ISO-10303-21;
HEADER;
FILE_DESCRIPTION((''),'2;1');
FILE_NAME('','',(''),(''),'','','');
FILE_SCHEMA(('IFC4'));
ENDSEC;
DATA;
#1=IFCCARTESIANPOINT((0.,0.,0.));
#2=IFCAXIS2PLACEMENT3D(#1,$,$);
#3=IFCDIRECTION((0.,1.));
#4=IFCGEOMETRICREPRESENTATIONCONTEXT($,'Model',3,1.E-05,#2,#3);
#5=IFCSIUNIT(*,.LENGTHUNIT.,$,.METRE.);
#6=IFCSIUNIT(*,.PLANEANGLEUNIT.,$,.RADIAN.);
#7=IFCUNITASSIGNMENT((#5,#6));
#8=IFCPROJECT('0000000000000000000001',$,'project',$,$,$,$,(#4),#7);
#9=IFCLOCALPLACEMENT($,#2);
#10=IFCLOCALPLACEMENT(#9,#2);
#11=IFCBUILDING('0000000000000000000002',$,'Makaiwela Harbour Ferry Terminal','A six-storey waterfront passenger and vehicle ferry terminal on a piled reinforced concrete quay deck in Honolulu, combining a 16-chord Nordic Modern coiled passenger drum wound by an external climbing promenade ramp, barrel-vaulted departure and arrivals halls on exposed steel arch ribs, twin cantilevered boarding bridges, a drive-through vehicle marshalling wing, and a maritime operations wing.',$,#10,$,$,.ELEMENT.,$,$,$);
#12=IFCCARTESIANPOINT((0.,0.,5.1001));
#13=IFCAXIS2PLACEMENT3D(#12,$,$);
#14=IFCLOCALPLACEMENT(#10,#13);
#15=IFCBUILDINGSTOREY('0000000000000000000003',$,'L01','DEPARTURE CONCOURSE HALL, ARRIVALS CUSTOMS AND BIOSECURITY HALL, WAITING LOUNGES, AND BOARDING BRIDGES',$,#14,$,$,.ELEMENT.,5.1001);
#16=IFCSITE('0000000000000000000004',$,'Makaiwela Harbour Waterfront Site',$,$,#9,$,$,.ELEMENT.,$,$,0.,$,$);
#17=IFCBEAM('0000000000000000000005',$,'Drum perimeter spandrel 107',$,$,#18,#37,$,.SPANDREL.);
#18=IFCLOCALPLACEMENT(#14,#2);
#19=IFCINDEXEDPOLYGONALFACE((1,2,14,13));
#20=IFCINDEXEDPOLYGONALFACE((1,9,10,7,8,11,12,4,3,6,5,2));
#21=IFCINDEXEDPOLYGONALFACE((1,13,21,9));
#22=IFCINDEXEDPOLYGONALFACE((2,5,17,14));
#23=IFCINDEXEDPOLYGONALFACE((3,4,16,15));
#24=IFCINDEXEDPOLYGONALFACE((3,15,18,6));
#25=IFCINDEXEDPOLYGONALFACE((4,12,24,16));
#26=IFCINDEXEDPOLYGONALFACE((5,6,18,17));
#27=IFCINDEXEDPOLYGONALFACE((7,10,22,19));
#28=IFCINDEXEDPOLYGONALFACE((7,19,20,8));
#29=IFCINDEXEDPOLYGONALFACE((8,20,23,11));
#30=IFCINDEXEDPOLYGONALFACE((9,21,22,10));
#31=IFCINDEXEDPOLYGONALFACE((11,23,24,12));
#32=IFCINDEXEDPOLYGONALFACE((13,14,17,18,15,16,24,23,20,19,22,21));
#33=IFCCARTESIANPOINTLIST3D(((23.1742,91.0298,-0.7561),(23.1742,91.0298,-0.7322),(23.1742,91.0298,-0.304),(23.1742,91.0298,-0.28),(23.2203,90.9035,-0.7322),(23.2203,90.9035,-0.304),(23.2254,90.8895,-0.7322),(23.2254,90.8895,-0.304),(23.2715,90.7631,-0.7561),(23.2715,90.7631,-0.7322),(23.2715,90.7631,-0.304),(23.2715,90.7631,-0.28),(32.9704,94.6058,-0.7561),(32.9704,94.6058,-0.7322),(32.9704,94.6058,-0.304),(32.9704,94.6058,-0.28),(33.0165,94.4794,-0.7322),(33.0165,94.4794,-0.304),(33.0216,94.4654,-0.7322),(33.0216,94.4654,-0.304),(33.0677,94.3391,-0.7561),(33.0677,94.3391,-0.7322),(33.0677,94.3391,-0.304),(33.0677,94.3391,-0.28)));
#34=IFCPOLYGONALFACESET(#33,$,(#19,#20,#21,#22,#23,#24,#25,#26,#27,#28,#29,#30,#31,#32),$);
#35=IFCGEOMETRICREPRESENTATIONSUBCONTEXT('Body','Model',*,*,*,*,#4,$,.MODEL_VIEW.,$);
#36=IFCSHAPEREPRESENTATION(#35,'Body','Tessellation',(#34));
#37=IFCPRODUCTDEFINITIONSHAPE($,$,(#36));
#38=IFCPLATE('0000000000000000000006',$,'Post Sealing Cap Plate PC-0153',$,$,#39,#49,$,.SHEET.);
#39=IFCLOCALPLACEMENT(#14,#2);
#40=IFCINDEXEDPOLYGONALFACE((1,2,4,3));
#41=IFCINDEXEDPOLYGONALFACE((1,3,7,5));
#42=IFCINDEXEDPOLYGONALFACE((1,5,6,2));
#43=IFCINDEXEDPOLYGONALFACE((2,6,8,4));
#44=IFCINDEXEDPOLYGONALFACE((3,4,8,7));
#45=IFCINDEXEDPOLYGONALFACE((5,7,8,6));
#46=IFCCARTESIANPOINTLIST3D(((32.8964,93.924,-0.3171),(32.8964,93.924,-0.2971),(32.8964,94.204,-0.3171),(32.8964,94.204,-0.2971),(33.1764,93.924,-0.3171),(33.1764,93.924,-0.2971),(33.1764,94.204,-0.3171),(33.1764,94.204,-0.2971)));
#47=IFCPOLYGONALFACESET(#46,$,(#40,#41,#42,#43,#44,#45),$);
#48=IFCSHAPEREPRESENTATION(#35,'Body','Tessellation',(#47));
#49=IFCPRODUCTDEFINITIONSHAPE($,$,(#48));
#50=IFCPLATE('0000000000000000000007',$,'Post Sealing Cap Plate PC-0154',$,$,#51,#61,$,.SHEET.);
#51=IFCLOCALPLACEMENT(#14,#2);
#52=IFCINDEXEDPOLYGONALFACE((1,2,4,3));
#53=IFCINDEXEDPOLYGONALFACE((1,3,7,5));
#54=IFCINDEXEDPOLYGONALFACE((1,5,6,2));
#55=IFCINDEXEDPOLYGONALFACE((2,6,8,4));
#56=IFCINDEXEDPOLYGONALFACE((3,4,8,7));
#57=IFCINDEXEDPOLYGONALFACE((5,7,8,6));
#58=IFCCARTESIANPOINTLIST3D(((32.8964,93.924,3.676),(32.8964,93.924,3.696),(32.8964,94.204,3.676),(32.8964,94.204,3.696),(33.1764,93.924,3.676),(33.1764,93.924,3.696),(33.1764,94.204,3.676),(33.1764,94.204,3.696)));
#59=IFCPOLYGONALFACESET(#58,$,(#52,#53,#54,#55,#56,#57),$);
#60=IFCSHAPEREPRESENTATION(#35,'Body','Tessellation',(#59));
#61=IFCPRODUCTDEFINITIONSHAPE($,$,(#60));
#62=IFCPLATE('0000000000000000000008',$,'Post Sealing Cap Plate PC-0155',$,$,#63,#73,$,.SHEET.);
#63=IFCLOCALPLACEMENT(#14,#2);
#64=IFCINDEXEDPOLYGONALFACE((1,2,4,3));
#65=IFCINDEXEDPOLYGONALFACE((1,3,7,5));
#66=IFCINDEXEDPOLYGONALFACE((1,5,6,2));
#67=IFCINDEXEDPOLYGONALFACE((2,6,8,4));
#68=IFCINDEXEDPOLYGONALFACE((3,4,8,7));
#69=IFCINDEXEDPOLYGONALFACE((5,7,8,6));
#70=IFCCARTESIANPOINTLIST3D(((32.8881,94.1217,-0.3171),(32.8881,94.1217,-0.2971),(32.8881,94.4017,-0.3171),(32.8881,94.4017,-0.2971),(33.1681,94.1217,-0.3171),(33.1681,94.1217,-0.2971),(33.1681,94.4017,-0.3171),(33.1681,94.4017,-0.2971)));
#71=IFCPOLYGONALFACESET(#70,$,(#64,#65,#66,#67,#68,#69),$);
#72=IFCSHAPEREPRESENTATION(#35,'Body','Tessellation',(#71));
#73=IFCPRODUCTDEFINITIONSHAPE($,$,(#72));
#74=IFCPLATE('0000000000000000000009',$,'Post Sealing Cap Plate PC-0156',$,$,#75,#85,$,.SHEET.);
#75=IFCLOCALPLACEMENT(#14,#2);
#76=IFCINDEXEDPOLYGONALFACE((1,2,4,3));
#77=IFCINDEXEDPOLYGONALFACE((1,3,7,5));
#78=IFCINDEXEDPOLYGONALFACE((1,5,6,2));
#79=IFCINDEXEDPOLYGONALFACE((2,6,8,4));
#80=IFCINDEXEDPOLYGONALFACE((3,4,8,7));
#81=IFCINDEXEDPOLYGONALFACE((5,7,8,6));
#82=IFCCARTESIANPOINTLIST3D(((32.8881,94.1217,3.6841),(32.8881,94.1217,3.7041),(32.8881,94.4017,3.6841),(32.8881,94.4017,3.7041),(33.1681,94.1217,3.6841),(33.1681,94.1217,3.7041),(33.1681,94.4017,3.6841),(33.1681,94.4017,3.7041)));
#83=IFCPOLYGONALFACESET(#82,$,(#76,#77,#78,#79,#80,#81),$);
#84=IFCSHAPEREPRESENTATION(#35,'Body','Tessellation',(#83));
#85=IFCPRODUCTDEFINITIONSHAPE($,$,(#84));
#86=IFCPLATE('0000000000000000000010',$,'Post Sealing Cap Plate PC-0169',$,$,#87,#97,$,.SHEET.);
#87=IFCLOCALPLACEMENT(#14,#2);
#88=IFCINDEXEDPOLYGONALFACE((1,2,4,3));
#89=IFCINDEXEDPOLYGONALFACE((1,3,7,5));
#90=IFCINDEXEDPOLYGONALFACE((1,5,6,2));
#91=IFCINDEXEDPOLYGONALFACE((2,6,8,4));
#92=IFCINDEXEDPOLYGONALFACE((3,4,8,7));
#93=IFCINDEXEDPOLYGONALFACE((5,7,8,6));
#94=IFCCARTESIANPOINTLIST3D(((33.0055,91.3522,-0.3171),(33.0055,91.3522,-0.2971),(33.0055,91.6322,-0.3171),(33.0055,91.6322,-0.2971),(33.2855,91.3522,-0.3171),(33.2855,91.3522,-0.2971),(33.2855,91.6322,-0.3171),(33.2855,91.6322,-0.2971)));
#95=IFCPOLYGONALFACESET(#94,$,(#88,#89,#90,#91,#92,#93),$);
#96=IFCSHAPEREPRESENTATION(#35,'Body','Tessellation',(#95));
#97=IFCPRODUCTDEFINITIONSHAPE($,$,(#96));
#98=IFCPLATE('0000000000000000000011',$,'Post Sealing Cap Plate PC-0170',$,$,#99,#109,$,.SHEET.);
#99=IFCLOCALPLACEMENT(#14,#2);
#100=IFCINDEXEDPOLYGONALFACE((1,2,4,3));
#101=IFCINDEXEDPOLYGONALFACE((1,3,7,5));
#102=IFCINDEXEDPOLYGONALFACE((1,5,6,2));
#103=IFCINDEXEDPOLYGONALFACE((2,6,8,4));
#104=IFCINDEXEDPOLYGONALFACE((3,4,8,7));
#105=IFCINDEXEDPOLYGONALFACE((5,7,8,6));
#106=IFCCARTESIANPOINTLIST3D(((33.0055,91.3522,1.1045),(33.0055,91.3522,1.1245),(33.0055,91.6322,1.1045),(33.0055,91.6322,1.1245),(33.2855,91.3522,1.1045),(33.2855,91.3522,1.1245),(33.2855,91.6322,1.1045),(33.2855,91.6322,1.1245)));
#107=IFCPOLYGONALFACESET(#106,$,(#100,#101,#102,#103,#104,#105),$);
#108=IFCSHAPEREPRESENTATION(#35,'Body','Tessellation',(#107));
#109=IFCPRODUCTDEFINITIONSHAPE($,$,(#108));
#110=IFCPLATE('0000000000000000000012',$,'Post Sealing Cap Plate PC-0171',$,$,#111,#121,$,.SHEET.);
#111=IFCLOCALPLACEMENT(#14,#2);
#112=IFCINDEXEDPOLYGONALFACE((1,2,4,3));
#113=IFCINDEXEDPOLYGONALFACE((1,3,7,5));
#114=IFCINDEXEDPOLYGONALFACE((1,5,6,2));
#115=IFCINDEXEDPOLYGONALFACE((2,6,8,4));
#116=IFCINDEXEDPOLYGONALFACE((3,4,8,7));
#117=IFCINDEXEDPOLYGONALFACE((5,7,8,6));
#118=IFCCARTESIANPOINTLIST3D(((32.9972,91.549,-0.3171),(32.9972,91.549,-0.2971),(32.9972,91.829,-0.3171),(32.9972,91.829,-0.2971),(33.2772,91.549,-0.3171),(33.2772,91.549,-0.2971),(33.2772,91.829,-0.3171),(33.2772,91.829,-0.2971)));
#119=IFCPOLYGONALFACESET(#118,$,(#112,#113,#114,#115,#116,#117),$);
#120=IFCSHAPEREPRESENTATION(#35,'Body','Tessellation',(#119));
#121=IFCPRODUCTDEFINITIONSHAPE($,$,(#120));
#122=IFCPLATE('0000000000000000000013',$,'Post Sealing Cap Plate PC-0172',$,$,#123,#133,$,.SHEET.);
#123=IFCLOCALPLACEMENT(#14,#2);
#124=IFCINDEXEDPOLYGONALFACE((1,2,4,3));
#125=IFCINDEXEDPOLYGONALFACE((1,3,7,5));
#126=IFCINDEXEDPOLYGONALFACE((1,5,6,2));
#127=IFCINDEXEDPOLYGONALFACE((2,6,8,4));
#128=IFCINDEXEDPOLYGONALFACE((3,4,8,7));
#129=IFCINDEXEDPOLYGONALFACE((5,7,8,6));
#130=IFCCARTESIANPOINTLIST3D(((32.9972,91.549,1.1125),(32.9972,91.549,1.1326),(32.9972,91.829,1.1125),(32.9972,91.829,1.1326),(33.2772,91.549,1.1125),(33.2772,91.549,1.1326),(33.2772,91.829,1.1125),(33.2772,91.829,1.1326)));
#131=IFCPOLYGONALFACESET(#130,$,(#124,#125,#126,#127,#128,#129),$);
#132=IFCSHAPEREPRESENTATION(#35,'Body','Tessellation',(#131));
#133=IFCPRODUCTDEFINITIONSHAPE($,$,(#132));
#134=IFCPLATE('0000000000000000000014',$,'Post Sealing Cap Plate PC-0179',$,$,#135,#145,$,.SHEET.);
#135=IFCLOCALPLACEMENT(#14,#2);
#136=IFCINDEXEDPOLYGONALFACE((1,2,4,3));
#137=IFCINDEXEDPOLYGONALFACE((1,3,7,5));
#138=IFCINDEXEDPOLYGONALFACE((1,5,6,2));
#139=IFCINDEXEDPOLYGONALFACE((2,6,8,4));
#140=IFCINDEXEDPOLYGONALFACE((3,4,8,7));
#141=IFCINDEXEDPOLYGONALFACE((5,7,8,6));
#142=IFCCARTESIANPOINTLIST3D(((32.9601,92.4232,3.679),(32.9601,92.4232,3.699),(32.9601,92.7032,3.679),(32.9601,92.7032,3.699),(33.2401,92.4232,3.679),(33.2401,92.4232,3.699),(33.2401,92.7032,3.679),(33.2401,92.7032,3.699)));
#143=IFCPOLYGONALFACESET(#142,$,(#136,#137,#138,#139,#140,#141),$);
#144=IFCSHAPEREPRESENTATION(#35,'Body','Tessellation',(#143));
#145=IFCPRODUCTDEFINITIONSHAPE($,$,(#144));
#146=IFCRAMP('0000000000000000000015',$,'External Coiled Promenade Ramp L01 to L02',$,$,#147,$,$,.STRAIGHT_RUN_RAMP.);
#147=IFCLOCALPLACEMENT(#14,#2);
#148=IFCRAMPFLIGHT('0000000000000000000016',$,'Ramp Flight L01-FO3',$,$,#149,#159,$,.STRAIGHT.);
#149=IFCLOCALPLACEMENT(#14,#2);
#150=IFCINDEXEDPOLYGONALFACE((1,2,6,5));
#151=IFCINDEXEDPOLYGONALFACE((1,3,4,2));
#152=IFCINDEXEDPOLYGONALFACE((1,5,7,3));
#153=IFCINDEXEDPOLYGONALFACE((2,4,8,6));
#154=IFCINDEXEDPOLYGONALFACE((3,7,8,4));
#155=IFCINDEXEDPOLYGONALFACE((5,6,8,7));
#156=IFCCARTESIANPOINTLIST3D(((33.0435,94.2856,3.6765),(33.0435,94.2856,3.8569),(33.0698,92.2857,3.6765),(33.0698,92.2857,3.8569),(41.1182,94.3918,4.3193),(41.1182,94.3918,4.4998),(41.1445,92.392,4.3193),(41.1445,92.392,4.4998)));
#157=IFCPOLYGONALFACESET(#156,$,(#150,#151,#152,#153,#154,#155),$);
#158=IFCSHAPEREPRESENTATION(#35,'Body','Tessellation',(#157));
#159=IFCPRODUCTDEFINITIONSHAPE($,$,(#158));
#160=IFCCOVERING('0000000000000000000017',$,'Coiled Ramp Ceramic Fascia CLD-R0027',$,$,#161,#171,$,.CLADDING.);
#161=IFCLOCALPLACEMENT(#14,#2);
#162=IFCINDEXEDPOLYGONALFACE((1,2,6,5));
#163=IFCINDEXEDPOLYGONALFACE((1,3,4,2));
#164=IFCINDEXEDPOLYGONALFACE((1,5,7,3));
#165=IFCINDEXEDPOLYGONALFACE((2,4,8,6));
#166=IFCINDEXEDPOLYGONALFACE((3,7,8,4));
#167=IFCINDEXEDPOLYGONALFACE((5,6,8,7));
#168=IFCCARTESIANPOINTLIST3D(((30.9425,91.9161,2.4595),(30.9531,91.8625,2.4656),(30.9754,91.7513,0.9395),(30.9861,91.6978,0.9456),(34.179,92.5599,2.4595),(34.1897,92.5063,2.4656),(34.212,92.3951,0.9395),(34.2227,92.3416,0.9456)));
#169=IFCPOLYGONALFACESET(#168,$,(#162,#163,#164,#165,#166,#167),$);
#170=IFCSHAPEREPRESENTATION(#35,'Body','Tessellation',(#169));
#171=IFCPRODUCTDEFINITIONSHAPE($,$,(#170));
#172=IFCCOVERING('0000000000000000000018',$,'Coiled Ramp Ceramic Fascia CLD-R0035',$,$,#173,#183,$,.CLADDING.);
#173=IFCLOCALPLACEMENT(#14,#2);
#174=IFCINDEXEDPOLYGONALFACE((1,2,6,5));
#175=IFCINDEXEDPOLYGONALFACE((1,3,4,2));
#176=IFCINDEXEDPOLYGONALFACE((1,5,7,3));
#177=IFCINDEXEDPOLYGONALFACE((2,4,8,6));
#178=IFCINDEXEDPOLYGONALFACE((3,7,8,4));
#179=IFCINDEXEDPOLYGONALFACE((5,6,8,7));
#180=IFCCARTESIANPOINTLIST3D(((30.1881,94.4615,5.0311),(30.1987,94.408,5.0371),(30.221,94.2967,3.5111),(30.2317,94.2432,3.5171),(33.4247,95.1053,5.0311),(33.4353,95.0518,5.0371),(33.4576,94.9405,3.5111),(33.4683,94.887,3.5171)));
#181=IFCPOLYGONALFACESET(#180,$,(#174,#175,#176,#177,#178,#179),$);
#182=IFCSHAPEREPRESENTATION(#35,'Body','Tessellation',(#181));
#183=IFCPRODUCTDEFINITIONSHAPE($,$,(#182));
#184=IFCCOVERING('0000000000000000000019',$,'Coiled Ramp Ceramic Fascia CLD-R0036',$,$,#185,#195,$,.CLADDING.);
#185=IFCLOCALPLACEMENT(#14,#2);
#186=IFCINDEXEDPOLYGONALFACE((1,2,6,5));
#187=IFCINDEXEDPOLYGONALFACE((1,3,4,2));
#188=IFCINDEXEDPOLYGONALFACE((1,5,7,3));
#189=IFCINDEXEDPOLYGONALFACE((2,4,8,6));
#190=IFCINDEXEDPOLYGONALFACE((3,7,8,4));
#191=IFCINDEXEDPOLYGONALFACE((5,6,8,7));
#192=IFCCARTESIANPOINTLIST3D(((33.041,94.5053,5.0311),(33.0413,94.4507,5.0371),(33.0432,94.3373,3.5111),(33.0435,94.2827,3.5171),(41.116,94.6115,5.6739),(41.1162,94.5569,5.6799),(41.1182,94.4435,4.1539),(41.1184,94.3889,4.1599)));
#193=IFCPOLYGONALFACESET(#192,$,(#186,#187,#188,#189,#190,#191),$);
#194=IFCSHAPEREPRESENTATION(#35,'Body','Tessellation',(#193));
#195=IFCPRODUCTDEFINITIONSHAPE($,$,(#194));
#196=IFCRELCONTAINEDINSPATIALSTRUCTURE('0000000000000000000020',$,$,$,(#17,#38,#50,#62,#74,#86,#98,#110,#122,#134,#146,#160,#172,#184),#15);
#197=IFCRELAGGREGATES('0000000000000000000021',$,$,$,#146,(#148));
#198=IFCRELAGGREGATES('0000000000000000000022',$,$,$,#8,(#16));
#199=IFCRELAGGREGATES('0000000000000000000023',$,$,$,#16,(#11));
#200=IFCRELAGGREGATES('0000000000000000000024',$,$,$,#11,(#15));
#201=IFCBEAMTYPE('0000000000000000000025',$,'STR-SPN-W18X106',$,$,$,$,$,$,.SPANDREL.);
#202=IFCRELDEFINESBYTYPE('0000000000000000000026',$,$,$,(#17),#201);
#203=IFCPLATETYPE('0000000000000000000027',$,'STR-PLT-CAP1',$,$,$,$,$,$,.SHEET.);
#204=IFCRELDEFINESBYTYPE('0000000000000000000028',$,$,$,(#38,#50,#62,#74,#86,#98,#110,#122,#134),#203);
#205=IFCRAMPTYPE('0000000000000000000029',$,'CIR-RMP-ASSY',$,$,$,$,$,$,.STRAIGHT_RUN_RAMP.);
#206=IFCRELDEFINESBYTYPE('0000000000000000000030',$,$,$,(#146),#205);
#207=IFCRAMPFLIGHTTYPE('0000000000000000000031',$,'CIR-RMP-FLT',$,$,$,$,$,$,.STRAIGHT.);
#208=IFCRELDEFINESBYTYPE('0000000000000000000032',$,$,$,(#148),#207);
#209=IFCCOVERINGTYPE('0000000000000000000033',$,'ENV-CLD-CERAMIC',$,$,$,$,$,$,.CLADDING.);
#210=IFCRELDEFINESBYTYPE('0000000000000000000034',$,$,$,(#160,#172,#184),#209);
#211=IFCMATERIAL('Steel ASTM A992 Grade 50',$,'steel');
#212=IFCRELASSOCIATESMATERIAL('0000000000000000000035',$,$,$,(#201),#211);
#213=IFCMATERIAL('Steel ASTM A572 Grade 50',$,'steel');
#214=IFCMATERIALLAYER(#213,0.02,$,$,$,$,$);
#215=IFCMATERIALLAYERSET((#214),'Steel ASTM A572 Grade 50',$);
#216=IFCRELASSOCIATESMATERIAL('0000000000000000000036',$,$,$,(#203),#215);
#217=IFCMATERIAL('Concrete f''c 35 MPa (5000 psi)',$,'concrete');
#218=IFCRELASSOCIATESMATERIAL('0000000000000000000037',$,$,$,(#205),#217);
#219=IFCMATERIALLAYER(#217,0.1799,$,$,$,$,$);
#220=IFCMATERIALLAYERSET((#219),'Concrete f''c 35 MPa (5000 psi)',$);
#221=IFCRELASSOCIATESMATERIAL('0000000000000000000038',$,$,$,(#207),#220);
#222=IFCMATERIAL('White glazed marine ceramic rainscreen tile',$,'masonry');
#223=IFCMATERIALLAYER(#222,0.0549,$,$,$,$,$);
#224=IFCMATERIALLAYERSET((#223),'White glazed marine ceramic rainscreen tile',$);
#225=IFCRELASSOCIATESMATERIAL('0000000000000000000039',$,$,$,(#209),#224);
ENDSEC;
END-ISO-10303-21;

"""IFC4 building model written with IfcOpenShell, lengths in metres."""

from ifc_helpers import new_model, si_unit, direction, frame, origin, origin_2d, place, context, subcontext, project, spatial, polyline, rectangle, i_section, outline, extrude, material, layer, layer_set, material_profile, profile_set, type_object, element, aggregate, save


model = new_model("IFC4")

# Units and contexts
model_context = context("Model", 3, precision=1e-05, world=origin(), true_north=direction((0.0, 1.0)))
body_context = subcontext(model_context, "Body", "Model", "MODEL_VIEW")
ifc_project = project(units=[si_unit("LENGTHUNIT", "METRE"), si_unit("PLANEANGLEUNIT", "RADIAN")], contexts=[model_context])

# Site, building, storey
site_placement = place(None, origin())
site = spatial("IfcSite", under=ifc_project, at=site_placement, Name="Makaiwela Harbour Waterfront Site", CompositionType="ELEMENT", RefElevation=0.0)
building_placement = place(site_placement, origin())
building = spatial("IfcBuilding", under=site, at=building_placement, Name="Makaiwela Harbour Ferry Terminal", Description="A six-storey waterfront passenger and vehicle ferry terminal on a piled reinforced concrete quay deck in Honolulu, combining a 16-chord Nordic Modern coiled passenger drum wound by an external climbing promenade ramp, barrel-vaulted departure and arrivals halls on exposed steel arch ribs, twin cantilevered boarding bridges, a drive-through vehicle marshalling wing, and a maritime operations wing.", CompositionType="ELEMENT")
storey_placement = place(building_placement, frame((0.0, 0.0, 5.1001)))
storey = spatial("IfcBuildingStorey", under=building, at=storey_placement, Name="L01", Description="DEPARTURE CONCOURSE HALL, ARRIVALS CUSTOMS AND BIOSECURITY HALL, WAITING LOUNGES, AND BOARDING BRIDGES", CompositionType="ELEMENT", Elevation=5.1001)

# Shared definitions
ifc_material_1 = material(Name="Steel ASTM A992 Grade 50", Category="steel")

# Beam
ifc_material_profile_1 = material_profile(ifc_material_1, i_section(OverallWidth=0.2839, OverallDepth=0.4761, WebThickness=0.0149, FlangeThickness=0.0239, at=origin_2d()), Name="W18X106")
ifc_profile_set_1 = profile_set([ifc_material_profile_1], Name="Steel ASTM A992 Grade 50")
beam_type_1 = type_object("IfcBeamType", Name="STR-SPN-W18X106", PredefinedType="SPANDREL", material=ifc_profile_set_1)
beam_1_placement = place(storey_placement, frame((33.019, 94.4724, -0.5181), z_axis=(-0.939371, -0.342903, 0.0), x_axis=(0.342903, -0.939371, 0.0)))
element("IfcBeam", 1, at=beam_1_placement, inside=storey, type_object=beam_type_1, Name="Drum perimeter spandrel 107", PredefinedType="SPANDREL", context=body_context, shape_type="SweptSolid", body=[
    extrude(i_section(OverallWidth=0.2839, OverallDepth=0.4761, WebThickness=0.0149, FlangeThickness=0.0239, at=origin_2d()), origin(), (0.0, 0.0, 1.0), 10.4285),
])

# Plates
ifc_material_2 = material(Name="Steel ASTM A572 Grade 50", Category="steel")
ifc_layer_1 = layer(ifc_material_2, 0.02)
ifc_layer_set_1 = layer_set([ifc_layer_1], Name="Steel ASTM A572 Grade 50")
plate_type = type_object("IfcPlateType", Name="STR-PLT-CAP1", PredefinedType="SHEET", material=ifc_layer_set_1)
for number, where, z_axis, x_axis, name in (
    (2, (33.0364, 94.064, -0.3171), (0.0, 0.0, 1.0), (1.0, 0.0, 0.0), "Post Sealing Cap Plate PC-0153"),
    (3, (33.0364, 94.064, 3.676), (0.0, 0.0, 1.0), (1.0, 0.0, 0.0), "Post Sealing Cap Plate PC-0154"),
    (4, (33.0281, 94.2617, -0.3171), (0.0, 0.0, 1.0), (1.0, 0.0, 0.0), "Post Sealing Cap Plate PC-0155"),
    (5, (33.0281, 94.2617, 3.6841), (0.0, 0.0, 1.0), (1.0, 0.0, 0.0), "Post Sealing Cap Plate PC-0156"),
    (6, (33.1455, 91.4922, -0.3171), (0.0, 0.0, 1.0), (1.0, 0.0, 0.0), "Post Sealing Cap Plate PC-0169"),
    (7, (33.1455, 91.4922, 1.1045), (0.0, 0.0, 1.0), (1.0, 0.0, 0.0), "Post Sealing Cap Plate PC-0170"),
    (8, (33.1372, 91.689, -0.3171), (0.0, 0.0, 1.0), (1.0, 0.0, 0.0), "Post Sealing Cap Plate PC-0171"),
    (9, (33.1372, 91.689, 1.1125), (0.0, 0.0, 1.0), (1.0, 0.0, 0.0), "Post Sealing Cap Plate PC-0172"),
    (10, (33.1001, 92.5632, 3.679), (0.0, 0.0, 1.0), (1.0, 0.0, 0.0), "Post Sealing Cap Plate PC-0179"),
):
    element("IfcPlate", number, at=place(storey_placement, frame(where, z_axis=z_axis, x_axis=x_axis)), inside=storey, type_object=plate_type, Name=name, PredefinedType="SHEET", context=body_context, shape_type="SweptSolid", body=[
        extrude(rectangle(XDim=0.28, YDim=0.28, at=origin_2d()), origin(), (0.0, 0.0, 1.0), 0.02),
    ])

# Ramp, ramp flight
ifc_material_3 = material(Name="Concrete f'c 35 MPa (5000 psi)", Category="concrete")
ramp_type = type_object("IfcRampType", Name="CIR-RMP-ASSY", PredefinedType="STRAIGHT_RUN_RAMP", material=ifc_material_3)
ramp_placement = place(storey_placement, origin())
ramp = element("IfcRamp", 11, at=ramp_placement, inside=storey, type_object=ramp_type, Name="External Coiled Promenade Ramp L01 to L02", PredefinedType="STRAIGHT_RUN_RAMP")
ifc_layer_2 = layer(ifc_material_3, 0.1799)
ifc_layer_set_2 = layer_set([ifc_layer_2], Name="Concrete f'c 35 MPa (5000 psi)")
ramp_flight_type = type_object("IfcRampFlightType", Name="CIR-RMP-FLT", PredefinedType="STRAIGHT", material=ifc_layer_set_2)
ramp_flight_placement = place(storey_placement, frame((33.0566, 93.2856, 3.8569), z_axis=(0.0, 0.0, 1.0), x_axis=(0.999913, 0.013159, 0.0)))
ramp_flight = element("IfcRampFlight", 12, at=ramp_flight_placement, type_object=ramp_flight_type, Name="Ramp Flight L01-FO3", PredefinedType="STRAIGHT", context=body_context, shape_type="SweptSolid", body=[
    extrude(outline(polyline([(0.0, 0.0), (8.0754, 0.6428), (8.0754, 0.4624), (0.0, -0.1804), (0.0, 0.0)])), frame((0.0, 1.0, 0.0), z_axis=(0.0, -1.0, 0.0), x_axis=(1.0, 0.0, 0.0)), (0.0, 0.0, 1.0), 2.0),
])
aggregate(ramp, [ramp_flight])

# Coverings
ifc_material_4 = material(Name="White glazed marine ceramic rainscreen tile", Category="masonry")
ifc_layer_3 = layer(ifc_material_4, 0.0549)
ifc_layer_set_3 = layer_set([ifc_layer_3], Name="White glazed marine ceramic rainscreen tile")
covering_type = type_object("IfcCoveringType", Name="ENV-CLD-CERAMIC", PredefinedType="CLADDING", material=ifc_layer_set_3)
for number, where, z_axis, x_axis, name in (
    (13, (34.2227, 92.3416, 0.9456), (0.19391, -0.974845, 0.109894), (-0.980785, -0.195092, 0.0), "Coiled Ramp Ceramic Fascia CLD-R0027"),
    (14, (33.4683, 94.887, 3.5171), (0.19391, -0.974845, 0.109894), (-0.980785, -0.195092, 0.0), "Coiled Ramp Ceramic Fascia CLD-R0035"),
):
    element("IfcCovering", number, at=place(storey_placement, frame(where, z_axis=z_axis, x_axis=x_axis)), inside=storey, type_object=covering_type, Name=name, PredefinedType="CLADDING", context=body_context, shape_type="SweptSolid", body=[
        extrude(outline(polyline([(0.0, 0.0), (3.3, 0.0), (3.3002, -1.5293), (0.0002, -1.5293), (0.0, 0.0)])), origin(), (0.0, 0.0, -1.0), 0.0549),
    ])
covering_placement = place(storey_placement, frame((33.0435, 94.2827, 3.5171), z_axis=(0.004328, -0.99394, 0.109841), x_axis=(0.996761, 0.013109, 0.079349)))
element("IfcCovering", 15, at=covering_placement, inside=storey, type_object=covering_type, Name="Coiled Ramp Ceramic Fascia CLD-R0036", PredefinedType="CLADDING", context=body_context, shape_type="SweptSolid", body=[
    extrude(outline(polyline([(0.0, 0.0), (8.1012, 0.0), (8.2218, 1.5245), (0.1206, 1.5245), (0.0, 0.0)])), origin(), (0.0, 0.0, -1.0), 0.0549),
])

save(model, "model.ifc")
